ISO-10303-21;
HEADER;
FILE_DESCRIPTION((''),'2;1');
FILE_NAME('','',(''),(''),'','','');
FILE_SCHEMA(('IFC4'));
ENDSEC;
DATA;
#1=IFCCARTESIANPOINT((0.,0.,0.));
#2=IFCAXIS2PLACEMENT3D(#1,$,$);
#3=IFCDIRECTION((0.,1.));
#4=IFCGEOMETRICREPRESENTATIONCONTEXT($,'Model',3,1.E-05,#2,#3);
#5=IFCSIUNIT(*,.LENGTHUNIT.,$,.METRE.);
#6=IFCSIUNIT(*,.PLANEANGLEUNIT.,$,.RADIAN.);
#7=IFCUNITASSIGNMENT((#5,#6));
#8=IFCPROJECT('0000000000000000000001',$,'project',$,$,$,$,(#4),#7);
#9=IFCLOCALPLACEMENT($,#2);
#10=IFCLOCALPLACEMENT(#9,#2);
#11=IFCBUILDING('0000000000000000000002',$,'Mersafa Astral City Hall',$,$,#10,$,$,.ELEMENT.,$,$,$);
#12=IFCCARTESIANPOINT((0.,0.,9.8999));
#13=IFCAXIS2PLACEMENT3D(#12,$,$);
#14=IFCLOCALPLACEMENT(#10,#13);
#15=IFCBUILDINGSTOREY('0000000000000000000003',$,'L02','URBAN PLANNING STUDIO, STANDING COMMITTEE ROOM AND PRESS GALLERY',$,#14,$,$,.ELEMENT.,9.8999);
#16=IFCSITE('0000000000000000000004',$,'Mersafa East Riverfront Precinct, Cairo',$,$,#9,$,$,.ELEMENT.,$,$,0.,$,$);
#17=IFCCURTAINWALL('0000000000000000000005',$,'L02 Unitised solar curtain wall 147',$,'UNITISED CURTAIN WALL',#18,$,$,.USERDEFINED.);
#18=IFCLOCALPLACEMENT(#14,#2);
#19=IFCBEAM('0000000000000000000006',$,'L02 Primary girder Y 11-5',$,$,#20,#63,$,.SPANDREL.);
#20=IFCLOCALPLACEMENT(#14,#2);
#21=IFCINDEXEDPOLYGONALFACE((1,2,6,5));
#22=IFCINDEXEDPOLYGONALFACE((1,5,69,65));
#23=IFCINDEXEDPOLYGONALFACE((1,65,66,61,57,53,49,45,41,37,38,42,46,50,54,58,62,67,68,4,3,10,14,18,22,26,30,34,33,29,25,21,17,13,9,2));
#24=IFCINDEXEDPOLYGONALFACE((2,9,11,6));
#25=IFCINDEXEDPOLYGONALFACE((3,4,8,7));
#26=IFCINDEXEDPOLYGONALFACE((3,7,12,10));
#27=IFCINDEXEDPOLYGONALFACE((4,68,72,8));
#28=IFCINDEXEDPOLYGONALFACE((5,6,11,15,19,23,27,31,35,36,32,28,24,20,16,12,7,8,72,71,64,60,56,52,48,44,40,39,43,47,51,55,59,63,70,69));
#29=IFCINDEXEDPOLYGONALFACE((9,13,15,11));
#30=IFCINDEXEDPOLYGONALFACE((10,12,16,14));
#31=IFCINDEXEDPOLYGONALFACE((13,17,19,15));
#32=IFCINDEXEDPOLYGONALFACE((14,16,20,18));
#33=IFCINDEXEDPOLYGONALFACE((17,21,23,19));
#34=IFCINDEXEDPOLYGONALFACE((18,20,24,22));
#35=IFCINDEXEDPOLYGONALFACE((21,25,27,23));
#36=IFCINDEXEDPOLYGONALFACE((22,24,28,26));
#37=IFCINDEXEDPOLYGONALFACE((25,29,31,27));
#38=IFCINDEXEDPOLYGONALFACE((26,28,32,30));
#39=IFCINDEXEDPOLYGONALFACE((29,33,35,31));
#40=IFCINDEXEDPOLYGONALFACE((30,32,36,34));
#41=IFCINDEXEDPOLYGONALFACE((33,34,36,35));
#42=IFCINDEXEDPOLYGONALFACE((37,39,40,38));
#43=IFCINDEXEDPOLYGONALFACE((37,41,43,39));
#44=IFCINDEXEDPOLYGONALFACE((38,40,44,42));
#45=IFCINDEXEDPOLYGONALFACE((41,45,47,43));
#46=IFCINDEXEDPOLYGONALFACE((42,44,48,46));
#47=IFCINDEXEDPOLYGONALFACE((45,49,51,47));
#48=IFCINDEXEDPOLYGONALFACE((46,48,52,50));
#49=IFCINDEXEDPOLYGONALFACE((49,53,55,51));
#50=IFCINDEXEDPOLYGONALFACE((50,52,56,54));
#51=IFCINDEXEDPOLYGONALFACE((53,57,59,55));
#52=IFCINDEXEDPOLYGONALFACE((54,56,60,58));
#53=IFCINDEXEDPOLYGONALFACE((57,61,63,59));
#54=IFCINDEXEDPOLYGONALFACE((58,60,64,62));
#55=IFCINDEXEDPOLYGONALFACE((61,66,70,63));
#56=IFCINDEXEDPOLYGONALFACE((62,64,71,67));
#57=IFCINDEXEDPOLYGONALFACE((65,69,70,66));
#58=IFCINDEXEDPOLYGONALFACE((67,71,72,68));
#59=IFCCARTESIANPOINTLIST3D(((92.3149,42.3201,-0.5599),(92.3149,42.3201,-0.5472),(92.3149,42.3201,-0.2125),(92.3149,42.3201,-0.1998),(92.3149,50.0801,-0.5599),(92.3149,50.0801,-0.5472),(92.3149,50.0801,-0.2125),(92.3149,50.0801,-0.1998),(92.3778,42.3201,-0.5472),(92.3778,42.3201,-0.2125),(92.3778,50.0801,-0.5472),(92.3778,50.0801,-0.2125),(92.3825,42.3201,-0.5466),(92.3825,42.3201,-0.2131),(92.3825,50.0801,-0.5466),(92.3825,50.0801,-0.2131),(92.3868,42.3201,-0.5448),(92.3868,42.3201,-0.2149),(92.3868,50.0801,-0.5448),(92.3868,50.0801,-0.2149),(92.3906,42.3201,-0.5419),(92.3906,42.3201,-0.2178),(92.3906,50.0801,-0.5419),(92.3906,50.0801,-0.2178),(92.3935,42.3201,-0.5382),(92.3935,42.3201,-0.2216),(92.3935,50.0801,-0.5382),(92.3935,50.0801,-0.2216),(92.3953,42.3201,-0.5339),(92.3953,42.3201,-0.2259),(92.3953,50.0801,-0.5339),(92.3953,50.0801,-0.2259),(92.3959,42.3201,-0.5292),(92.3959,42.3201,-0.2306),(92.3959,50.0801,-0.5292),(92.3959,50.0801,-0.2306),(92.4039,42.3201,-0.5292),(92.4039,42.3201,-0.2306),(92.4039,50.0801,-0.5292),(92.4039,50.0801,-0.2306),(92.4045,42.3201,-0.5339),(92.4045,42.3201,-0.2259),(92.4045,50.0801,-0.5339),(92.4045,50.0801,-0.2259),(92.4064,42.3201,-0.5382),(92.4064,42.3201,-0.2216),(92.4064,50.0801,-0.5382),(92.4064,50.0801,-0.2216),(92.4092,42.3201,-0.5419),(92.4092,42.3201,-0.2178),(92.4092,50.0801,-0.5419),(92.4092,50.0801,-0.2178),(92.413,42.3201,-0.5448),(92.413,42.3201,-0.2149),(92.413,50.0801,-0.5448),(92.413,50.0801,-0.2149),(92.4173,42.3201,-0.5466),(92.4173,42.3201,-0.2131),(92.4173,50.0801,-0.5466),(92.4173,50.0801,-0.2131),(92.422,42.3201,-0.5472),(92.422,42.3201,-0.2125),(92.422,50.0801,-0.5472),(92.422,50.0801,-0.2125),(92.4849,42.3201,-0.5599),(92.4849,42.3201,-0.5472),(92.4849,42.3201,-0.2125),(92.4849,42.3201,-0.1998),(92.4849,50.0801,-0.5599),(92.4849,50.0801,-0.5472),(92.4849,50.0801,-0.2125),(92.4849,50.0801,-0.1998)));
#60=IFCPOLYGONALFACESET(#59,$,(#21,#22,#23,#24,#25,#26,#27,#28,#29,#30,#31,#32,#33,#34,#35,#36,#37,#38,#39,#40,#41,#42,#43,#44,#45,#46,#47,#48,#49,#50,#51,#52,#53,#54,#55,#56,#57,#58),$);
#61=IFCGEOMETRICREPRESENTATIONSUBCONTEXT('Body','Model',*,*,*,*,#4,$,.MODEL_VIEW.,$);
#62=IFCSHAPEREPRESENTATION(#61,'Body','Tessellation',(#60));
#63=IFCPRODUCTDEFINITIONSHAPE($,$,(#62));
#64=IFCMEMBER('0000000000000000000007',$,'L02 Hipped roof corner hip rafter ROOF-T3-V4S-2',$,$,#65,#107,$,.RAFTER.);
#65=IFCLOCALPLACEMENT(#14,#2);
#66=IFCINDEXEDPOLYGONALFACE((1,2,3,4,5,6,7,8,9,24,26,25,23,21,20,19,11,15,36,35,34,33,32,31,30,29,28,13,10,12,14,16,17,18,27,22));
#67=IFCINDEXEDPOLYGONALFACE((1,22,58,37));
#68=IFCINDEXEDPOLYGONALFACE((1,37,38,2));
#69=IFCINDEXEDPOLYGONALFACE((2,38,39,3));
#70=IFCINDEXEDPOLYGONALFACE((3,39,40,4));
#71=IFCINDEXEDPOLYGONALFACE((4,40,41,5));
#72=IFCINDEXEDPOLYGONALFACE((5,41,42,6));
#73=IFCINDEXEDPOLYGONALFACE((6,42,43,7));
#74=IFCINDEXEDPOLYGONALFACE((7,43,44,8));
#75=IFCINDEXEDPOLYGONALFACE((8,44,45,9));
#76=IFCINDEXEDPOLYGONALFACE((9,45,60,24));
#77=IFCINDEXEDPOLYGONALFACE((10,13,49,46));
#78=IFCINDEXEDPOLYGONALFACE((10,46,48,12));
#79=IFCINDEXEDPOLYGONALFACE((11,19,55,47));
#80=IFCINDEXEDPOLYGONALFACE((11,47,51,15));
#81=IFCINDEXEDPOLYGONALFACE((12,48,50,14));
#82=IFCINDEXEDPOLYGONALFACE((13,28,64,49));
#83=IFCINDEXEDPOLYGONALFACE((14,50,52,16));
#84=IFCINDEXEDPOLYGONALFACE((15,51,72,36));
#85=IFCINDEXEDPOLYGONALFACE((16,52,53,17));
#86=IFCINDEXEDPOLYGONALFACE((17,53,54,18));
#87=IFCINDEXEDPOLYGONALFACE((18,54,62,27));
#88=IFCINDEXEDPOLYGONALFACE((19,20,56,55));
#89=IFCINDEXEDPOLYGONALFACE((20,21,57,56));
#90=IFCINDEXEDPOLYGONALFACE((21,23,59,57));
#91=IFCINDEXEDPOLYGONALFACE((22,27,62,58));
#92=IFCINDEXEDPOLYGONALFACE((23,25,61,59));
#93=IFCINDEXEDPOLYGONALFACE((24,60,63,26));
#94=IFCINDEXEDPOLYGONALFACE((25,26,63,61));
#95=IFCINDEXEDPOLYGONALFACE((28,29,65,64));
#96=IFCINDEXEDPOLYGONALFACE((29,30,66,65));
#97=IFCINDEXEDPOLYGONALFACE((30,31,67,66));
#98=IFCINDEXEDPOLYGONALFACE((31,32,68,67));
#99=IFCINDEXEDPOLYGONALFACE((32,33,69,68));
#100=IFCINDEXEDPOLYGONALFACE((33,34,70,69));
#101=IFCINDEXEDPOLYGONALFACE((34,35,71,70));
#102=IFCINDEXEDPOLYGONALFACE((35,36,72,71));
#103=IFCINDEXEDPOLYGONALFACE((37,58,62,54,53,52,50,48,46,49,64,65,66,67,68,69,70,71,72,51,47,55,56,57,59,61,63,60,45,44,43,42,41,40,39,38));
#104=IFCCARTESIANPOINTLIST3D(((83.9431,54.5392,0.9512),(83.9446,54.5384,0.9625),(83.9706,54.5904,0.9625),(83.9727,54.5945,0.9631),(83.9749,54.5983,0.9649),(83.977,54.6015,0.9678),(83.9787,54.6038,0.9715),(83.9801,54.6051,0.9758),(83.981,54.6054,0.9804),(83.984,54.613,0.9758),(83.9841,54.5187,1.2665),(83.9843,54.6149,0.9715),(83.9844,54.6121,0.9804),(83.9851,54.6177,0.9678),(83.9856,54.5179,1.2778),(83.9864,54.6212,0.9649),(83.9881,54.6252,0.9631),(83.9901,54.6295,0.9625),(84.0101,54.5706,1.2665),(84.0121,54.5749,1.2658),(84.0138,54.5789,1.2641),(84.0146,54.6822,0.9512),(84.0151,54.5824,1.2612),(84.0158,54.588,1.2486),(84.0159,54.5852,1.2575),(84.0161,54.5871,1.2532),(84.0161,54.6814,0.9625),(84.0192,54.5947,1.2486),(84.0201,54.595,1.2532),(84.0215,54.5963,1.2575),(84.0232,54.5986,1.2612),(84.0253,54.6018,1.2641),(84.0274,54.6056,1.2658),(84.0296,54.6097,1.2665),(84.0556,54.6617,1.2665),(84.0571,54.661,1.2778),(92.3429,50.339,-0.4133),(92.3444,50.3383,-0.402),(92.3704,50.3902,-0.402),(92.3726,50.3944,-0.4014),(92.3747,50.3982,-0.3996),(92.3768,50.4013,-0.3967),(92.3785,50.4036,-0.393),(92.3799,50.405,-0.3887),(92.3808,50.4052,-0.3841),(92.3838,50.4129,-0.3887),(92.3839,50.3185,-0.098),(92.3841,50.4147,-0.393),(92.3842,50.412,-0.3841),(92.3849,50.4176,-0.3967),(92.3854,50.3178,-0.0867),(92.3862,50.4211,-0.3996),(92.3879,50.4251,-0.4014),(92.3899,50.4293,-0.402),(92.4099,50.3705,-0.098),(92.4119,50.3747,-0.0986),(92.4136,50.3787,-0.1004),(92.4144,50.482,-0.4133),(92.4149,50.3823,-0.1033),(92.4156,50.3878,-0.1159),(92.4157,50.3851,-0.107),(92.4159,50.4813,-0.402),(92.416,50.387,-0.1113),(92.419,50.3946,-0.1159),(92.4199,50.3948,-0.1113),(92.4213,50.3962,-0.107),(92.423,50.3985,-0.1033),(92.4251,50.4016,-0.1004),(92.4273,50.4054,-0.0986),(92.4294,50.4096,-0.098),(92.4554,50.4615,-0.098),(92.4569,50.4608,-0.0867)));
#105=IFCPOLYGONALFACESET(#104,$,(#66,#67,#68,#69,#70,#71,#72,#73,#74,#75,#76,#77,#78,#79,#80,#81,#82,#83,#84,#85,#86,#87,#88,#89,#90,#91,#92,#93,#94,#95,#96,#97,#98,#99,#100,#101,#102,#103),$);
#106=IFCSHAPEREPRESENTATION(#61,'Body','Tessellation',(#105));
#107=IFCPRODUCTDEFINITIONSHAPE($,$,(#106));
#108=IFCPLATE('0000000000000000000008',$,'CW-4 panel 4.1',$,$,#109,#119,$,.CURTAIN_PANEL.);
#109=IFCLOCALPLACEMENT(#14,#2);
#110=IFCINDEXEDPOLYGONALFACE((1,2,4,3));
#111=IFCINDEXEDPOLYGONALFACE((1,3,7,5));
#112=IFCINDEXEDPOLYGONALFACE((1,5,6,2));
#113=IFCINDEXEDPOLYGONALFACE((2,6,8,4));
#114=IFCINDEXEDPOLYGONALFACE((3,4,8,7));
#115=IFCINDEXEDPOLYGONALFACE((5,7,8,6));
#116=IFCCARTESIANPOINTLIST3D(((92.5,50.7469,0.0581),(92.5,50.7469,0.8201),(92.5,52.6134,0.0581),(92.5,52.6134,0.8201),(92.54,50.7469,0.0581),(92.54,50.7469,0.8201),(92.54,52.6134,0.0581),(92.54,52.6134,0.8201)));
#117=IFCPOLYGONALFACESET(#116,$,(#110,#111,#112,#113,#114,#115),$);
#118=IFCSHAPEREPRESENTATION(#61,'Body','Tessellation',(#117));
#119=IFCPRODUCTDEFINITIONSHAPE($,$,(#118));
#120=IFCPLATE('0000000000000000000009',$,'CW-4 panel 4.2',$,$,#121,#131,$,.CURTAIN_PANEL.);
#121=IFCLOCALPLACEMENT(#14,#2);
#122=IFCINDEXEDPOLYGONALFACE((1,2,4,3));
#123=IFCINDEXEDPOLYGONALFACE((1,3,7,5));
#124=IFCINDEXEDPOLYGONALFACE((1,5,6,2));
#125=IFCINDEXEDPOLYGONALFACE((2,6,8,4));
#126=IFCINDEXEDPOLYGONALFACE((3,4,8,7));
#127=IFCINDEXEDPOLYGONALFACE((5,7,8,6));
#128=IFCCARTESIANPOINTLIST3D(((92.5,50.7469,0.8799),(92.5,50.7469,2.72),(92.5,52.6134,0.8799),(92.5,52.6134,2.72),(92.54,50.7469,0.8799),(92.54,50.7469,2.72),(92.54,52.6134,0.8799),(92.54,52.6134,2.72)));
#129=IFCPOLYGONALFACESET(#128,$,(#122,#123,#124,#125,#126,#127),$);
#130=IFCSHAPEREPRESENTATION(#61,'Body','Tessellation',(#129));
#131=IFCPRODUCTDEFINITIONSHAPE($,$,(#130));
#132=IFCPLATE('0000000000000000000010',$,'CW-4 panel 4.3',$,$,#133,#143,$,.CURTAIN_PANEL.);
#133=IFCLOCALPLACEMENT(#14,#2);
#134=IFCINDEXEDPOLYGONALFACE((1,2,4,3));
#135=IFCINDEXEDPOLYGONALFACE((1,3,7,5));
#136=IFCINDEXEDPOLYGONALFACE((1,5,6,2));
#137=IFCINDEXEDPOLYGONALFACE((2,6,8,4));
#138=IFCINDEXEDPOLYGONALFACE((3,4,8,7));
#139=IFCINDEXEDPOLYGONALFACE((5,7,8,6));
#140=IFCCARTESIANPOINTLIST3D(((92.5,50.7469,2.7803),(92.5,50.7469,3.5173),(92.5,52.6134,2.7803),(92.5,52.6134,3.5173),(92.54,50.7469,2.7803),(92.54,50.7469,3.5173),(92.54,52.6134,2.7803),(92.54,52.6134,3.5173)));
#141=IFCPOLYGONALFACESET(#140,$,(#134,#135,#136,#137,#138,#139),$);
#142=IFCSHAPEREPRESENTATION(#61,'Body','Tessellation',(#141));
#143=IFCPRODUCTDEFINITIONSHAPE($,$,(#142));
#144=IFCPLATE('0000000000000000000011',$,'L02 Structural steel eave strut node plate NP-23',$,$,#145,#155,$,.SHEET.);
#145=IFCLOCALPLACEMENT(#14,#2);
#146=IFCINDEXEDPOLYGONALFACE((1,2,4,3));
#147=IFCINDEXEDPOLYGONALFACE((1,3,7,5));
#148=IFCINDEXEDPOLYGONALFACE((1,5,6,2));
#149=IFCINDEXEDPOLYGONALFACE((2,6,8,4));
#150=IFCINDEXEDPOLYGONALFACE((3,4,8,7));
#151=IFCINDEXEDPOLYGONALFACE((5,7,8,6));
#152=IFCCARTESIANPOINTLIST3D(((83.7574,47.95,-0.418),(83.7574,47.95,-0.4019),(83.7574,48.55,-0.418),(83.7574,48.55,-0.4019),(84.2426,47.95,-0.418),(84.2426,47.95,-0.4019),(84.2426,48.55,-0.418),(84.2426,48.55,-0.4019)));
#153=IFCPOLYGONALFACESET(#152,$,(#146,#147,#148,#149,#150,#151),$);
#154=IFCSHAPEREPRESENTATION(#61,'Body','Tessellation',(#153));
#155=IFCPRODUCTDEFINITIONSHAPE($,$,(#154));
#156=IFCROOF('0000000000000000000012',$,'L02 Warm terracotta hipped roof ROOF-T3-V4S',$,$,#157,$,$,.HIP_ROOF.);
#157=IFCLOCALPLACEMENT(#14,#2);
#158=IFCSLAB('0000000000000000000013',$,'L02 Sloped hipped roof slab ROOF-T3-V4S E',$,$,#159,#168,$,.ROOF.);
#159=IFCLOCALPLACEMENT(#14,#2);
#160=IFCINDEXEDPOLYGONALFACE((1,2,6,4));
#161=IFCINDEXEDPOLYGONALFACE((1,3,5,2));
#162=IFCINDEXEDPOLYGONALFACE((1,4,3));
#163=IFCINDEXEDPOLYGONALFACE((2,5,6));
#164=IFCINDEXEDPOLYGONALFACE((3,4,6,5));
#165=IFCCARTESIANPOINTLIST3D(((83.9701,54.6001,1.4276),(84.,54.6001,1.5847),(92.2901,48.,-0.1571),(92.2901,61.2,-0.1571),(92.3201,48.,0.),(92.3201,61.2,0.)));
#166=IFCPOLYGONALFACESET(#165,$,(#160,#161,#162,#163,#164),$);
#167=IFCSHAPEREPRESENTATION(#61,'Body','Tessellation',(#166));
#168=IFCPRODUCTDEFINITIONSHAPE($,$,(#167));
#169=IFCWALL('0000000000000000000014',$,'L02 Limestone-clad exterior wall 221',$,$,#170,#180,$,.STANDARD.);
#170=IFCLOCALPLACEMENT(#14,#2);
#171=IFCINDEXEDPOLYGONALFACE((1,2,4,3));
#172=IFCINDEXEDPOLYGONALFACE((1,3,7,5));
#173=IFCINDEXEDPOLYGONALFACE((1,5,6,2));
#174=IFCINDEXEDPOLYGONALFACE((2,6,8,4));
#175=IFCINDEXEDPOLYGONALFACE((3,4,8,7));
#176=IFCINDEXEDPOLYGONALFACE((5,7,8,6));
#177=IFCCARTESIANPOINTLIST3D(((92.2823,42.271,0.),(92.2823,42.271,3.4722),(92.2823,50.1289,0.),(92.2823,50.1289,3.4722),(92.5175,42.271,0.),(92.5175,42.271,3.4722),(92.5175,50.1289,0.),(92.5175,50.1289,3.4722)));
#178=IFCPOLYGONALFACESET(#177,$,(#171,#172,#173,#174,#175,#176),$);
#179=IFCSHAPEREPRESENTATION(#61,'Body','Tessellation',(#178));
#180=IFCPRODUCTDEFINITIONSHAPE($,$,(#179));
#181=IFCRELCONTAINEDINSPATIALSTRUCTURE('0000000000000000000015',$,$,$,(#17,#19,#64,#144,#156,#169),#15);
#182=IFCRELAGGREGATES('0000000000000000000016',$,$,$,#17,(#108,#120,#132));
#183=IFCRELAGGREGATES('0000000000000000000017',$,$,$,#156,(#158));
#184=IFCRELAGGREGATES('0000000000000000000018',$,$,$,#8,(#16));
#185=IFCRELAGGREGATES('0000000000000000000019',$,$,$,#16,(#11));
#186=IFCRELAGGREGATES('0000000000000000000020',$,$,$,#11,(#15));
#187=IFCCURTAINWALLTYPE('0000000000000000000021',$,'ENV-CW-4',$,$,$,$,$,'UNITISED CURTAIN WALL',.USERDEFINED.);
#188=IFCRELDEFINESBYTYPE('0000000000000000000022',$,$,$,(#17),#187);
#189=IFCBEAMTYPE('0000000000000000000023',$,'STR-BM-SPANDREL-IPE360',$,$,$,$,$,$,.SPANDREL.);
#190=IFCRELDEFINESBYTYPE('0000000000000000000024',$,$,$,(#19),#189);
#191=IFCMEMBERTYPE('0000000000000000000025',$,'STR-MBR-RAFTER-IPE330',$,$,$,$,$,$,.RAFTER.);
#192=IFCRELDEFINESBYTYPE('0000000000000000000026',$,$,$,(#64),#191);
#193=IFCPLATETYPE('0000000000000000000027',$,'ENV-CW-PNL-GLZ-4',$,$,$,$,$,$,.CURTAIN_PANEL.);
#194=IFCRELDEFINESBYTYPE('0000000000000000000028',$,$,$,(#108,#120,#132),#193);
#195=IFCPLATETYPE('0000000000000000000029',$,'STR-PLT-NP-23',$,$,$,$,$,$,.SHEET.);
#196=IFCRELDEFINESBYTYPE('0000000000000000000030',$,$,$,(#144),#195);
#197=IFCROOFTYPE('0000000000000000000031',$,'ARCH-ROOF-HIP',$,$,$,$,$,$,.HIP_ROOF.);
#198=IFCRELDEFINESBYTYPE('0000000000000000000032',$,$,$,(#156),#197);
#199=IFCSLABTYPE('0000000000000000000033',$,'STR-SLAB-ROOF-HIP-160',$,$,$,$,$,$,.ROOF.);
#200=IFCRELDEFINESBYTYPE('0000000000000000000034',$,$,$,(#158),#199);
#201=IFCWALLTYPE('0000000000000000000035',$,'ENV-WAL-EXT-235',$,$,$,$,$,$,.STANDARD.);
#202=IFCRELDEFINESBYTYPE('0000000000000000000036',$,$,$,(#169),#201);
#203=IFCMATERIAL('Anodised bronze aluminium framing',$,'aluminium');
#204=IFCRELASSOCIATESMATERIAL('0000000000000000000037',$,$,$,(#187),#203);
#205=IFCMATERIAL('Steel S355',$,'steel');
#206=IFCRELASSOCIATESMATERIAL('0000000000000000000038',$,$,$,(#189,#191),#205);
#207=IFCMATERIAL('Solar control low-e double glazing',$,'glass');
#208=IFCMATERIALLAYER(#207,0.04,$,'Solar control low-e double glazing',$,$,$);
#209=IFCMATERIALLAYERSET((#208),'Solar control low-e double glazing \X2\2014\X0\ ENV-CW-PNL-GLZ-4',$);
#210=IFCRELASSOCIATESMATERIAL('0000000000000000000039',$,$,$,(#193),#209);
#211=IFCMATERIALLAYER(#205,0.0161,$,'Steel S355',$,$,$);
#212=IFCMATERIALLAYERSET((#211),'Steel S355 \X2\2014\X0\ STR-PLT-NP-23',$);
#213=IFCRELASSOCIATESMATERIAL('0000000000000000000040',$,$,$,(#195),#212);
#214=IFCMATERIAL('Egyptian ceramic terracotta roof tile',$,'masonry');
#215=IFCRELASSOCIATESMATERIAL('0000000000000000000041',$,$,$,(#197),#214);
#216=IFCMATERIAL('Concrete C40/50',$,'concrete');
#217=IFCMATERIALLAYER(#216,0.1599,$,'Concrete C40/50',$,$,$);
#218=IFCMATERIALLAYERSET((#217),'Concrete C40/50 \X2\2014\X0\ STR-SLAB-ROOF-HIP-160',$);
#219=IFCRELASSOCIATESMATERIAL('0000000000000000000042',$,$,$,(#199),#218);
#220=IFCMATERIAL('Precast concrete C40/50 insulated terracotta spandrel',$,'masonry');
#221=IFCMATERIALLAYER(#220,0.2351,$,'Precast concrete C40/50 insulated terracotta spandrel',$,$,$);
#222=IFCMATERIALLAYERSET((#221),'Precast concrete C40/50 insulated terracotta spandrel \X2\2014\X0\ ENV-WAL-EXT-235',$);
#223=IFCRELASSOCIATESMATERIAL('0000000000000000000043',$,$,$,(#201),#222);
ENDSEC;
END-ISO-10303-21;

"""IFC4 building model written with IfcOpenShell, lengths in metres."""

from ifc_helpers import new_model, si_unit, direction, frame, frame_2d, origin, origin_2d, place, context, subcontext, project, spatial, polyline, rectangle, i_section, outline, extrude, material, layer, layer_set, material_profile, profile_set, type_object, element, aggregate, save


model = new_model("IFC4")

# Units and contexts
model_context = context("Model", 3, precision=1e-05, world=origin(), true_north=direction((0.0, 1.0)))
body_context = subcontext(model_context, "Body", "Model", "MODEL_VIEW")
ifc_project = project(units=[si_unit("LENGTHUNIT", "METRE"), si_unit("PLANEANGLEUNIT", "RADIAN")], contexts=[model_context])

# Site, building, storey
site_placement = place(None, origin())
site = spatial("IfcSite", under=ifc_project, at=site_placement, Name="Mersafa East Riverfront Precinct, Cairo", CompositionType="ELEMENT", RefElevation=0.0)
building_placement = place(site_placement, origin())
building = spatial("IfcBuilding", under=site, at=building_placement, Name="Mersafa Astral City Hall", CompositionType="ELEMENT")
storey_placement = place(building_placement, frame((0.0, 0.0, 9.8999)))
storey = spatial("IfcBuildingStorey", under=building, at=storey_placement, Name="L02", Description="URBAN PLANNING STUDIO, STANDING COMMITTEE ROOM AND PRESS GALLERY", CompositionType="ELEMENT", Elevation=9.8999)

# Shared definitions
ifc_material_1 = material(Name="Steel S355", Category="steel")

# Curtain wall
ifc_material_2 = material(Name="Anodised bronze aluminium framing", Category="aluminium")
curtain_wall_type = type_object("IfcCurtainWallType", Name="ENV-CW-4", ElementType="UNITISED CURTAIN WALL", PredefinedType="USERDEFINED", material=ifc_material_2)
curtain_wall_placement = place(storey_placement, origin())
curtain_wall = element("IfcCurtainWall", 1, at=curtain_wall_placement, inside=storey, type_object=curtain_wall_type, Name="L02 Unitised solar curtain wall 147", ObjectType="UNITISED CURTAIN WALL", PredefinedType="USERDEFINED")

# Beam
ifc_material_profile_1 = material_profile(ifc_material_1, i_section(OverallWidth=0.1699, OverallDepth=0.3601, WebThickness=0.0081, FlangeThickness=0.0127, FilletRadius=0.0181, at=origin_2d()), Name="IPE 360")
ifc_profile_set_1 = profile_set([ifc_material_profile_1], Name="Steel S355")
beam_type_1 = type_object("IfcBeamType", Name="STR-BM-SPANDREL-IPE360", PredefinedType="SPANDREL", material=ifc_profile_set_1)
beam_1_placement = place(storey_placement, frame((92.3999, 42.3201, -0.3799), z_axis=(0.0, 1.0, 0.0), x_axis=(-1.0, 0.0, 0.0)))
element("IfcBeam", 2, at=beam_1_placement, inside=storey, type_object=beam_type_1, Name="L02 Primary girder Y 11-5", PredefinedType="SPANDREL", context=body_context, shape_type="SweptSolid", body=[
    extrude(i_section(OverallWidth=0.1699, OverallDepth=0.3601, WebThickness=0.0081, FlangeThickness=0.0127, FilletRadius=0.0181, at=origin_2d()), origin(), (0.0, 0.0, 1.0), 7.76),
])

# Member
ifc_material_profile_2 = material_profile(ifc_material_1, i_section(OverallWidth=0.1599, OverallDepth=0.3301, WebThickness=0.0076, FlangeThickness=0.0115, FilletRadius=0.0181, at=origin_2d()), Name="IPE 330")
ifc_profile_set_2 = profile_set([ifc_material_profile_2], Name="Steel S355")
member_type_1 = type_object("IfcMemberType", Name="STR-MBR-RAFTER-IPE330", PredefinedType="RAFTER", material=ifc_profile_set_2)
member_1_placement = place(storey_placement, frame((92.3999, 50.3999, -0.25), z_axis=(-0.885123, 0.442587, 0.143782), x_axis=(-0.447234, -0.894417, 0.0)))
element("IfcMember", 3, at=member_1_placement, inside=storey, type_object=member_type_1, Name="L02 Hipped roof corner hip rafter ROOF-T3-V4S-2", PredefinedType="RAFTER", context=body_context, shape_type="SweptSolid", body=[
    extrude(i_section(OverallWidth=0.1599, OverallDepth=0.3301, WebThickness=0.0076, FlangeThickness=0.0115, FilletRadius=0.0181, at=origin_2d()), origin(), (0.0, 0.0, 1.0), 9.49),
])

# Plates
ifc_material_3 = material(Name="Solar control low-e double glazing", Category="glass")
ifc_layer_1 = layer(ifc_material_3, 0.04, Name="Solar control low-e double glazing")
ifc_layer_set_1 = layer_set([ifc_layer_1], Name="Solar control low-e double glazing — ENV-CW-PNL-GLZ-4")
plate_type_1 = type_object("IfcPlateType", Name="ENV-CW-PNL-GLZ-4", PredefinedType="CURTAIN_PANEL", material=ifc_layer_set_1)
plate_1_placement = place(storey_placement, frame((92.52, 51.6802, 0.0581), z_axis=(0.0, 0.0, 1.0), x_axis=(0.0, -1.0, 0.0)))
plate_1 = element("IfcPlate", 4, at=plate_1_placement, type_object=plate_type_1, Name="CW-4 panel 4.1", PredefinedType="CURTAIN_PANEL", context=body_context, shape_type="SweptSolid", body=[
    extrude(rectangle(XDim=1.8665, YDim=0.04, at=origin_2d()), origin(), (0.0, 0.0, 1.0), 0.762),
])
plate_2_placement = place(storey_placement, frame((92.52, 51.6802, 0.8799), z_axis=(0.0, 0.0, 1.0), x_axis=(0.0, -1.0, 0.0)))
plate_2 = element("IfcPlate", 5, at=plate_2_placement, type_object=plate_type_1, Name="CW-4 panel 4.2", PredefinedType="CURTAIN_PANEL", context=body_context, shape_type="SweptSolid", body=[
    extrude(rectangle(XDim=1.8665, YDim=0.04, at=origin_2d()), origin(), (0.0, 0.0, 1.0), 1.8401),
])
plate_3_placement = place(storey_placement, frame((92.52, 51.6802, 2.7803), z_axis=(0.0, 0.0, 1.0), x_axis=(0.0, -1.0, 0.0)))
plate_3 = element("IfcPlate", 6, at=plate_3_placement, type_object=plate_type_1, Name="CW-4 panel 4.3", PredefinedType="CURTAIN_PANEL", context=body_context, shape_type="SweptSolid", body=[
    extrude(rectangle(XDim=1.8665, YDim=0.04, at=origin_2d()), origin(), (0.0, 0.0, 1.0), 0.7371),
])
aggregate(curtain_wall, [plate_1, plate_2, plate_3])
ifc_layer_2 = layer(ifc_material_1, 0.0161, Name="Steel S355")
ifc_layer_set_2 = layer_set([ifc_layer_2], Name="Steel S355 — STR-PLT-NP-23")
plate_type_2 = type_object("IfcPlateType", Name="STR-PLT-NP-23", PredefinedType="SHEET", material=ifc_layer_set_2)
plate_4_placement = place(storey_placement, frame((84.0, 48.25, -0.418), z_axis=(0.0, 0.0, 1.0), x_axis=(1.0, 0.0, 0.0)))
element("IfcPlate", 7, at=plate_4_placement, inside=storey, type_object=plate_type_2, Name="L02 Structural steel eave strut node plate NP-23", PredefinedType="SHEET", context=body_context, shape_type="SweptSolid", body=[
    extrude(rectangle(XDim=0.4851, YDim=0.6001, at=origin_2d()), origin(), (0.0, 0.0, 1.0), 0.0161),
])

# Roof, slab
ifc_material_4 = material(Name="Egyptian ceramic terracotta roof tile", Category="masonry")
roof_type = type_object("IfcRoofType", Name="ARCH-ROOF-HIP", PredefinedType="HIP_ROOF", material=ifc_material_4)
roof_placement = place(storey_placement, origin())
roof = element("IfcRoof", 8, at=roof_placement, inside=storey, type_object=roof_type, Name="L02 Warm terracotta hipped roof ROOF-T3-V4S", PredefinedType="HIP_ROOF")
ifc_material_5 = material(Name="Concrete C40/50", Category="concrete")
ifc_layer_3 = layer(ifc_material_5, 0.1599, Name="Concrete C40/50")
ifc_layer_set_3 = layer_set([ifc_layer_3], Name="Concrete C40/50 — STR-SLAB-ROOF-HIP-160")
slab_type = type_object("IfcSlabType", Name="STR-SLAB-ROOF-HIP-160", PredefinedType="ROOF", material=ifc_layer_set_3)
slab_placement = place(storey_placement, frame((92.3201, 48.0, 0.0), z_axis=(0.187105, 0.0, 0.98234), x_axis=(0.0, 1.0, 0.0)))
slab = element("IfcSlab", 9, at=slab_placement, type_object=slab_type, Name="L02 Sloped hipped roof slab ROOF-T3-V4S E", PredefinedType="ROOF", context=body_context, shape_type="SweptSolid", body=[
    extrude(outline(polyline([(0.0, 0.0), (13.2, 0.0), (6.6001, 8.4696), (0.0, 0.0)])), origin(), (0.0, 0.0, -1.0), 0.1599),
])
aggregate(roof, [slab])

# Wall
ifc_material_6 = material(Name="Precast concrete C40/50 insulated terracotta spandrel", Category="masonry")
ifc_layer_4 = layer(ifc_material_6, 0.2351, Name="Precast concrete C40/50 insulated terracotta spandrel")
ifc_layer_set_4 = layer_set([ifc_layer_4], Name="Precast concrete C40/50 insulated terracotta spandrel — ENV-WAL-EXT-235")
wall_type = type_object("IfcWallType", Name="ENV-WAL-EXT-235", PredefinedType="STANDARD", material=ifc_layer_set_4)
wall_placement = place(storey_placement, frame((92.3999, 50.1289, 0.0), z_axis=(0.0, 0.0, 1.0), x_axis=(0.0, -1.0, 0.0)))
element("IfcWall", 10, at=wall_placement, inside=storey, type_object=wall_type, Name="L02 Limestone-clad exterior wall 221", PredefinedType="STANDARD", context=body_context, shape_type="SweptSolid", body=[
    extrude(rectangle(XDim=7.8579, YDim=0.2351, at=frame_2d((3.929, 0.0))), origin(), (0.0, 0.0, 1.0), 3.4722),
])

save(model, "model.ifc")
